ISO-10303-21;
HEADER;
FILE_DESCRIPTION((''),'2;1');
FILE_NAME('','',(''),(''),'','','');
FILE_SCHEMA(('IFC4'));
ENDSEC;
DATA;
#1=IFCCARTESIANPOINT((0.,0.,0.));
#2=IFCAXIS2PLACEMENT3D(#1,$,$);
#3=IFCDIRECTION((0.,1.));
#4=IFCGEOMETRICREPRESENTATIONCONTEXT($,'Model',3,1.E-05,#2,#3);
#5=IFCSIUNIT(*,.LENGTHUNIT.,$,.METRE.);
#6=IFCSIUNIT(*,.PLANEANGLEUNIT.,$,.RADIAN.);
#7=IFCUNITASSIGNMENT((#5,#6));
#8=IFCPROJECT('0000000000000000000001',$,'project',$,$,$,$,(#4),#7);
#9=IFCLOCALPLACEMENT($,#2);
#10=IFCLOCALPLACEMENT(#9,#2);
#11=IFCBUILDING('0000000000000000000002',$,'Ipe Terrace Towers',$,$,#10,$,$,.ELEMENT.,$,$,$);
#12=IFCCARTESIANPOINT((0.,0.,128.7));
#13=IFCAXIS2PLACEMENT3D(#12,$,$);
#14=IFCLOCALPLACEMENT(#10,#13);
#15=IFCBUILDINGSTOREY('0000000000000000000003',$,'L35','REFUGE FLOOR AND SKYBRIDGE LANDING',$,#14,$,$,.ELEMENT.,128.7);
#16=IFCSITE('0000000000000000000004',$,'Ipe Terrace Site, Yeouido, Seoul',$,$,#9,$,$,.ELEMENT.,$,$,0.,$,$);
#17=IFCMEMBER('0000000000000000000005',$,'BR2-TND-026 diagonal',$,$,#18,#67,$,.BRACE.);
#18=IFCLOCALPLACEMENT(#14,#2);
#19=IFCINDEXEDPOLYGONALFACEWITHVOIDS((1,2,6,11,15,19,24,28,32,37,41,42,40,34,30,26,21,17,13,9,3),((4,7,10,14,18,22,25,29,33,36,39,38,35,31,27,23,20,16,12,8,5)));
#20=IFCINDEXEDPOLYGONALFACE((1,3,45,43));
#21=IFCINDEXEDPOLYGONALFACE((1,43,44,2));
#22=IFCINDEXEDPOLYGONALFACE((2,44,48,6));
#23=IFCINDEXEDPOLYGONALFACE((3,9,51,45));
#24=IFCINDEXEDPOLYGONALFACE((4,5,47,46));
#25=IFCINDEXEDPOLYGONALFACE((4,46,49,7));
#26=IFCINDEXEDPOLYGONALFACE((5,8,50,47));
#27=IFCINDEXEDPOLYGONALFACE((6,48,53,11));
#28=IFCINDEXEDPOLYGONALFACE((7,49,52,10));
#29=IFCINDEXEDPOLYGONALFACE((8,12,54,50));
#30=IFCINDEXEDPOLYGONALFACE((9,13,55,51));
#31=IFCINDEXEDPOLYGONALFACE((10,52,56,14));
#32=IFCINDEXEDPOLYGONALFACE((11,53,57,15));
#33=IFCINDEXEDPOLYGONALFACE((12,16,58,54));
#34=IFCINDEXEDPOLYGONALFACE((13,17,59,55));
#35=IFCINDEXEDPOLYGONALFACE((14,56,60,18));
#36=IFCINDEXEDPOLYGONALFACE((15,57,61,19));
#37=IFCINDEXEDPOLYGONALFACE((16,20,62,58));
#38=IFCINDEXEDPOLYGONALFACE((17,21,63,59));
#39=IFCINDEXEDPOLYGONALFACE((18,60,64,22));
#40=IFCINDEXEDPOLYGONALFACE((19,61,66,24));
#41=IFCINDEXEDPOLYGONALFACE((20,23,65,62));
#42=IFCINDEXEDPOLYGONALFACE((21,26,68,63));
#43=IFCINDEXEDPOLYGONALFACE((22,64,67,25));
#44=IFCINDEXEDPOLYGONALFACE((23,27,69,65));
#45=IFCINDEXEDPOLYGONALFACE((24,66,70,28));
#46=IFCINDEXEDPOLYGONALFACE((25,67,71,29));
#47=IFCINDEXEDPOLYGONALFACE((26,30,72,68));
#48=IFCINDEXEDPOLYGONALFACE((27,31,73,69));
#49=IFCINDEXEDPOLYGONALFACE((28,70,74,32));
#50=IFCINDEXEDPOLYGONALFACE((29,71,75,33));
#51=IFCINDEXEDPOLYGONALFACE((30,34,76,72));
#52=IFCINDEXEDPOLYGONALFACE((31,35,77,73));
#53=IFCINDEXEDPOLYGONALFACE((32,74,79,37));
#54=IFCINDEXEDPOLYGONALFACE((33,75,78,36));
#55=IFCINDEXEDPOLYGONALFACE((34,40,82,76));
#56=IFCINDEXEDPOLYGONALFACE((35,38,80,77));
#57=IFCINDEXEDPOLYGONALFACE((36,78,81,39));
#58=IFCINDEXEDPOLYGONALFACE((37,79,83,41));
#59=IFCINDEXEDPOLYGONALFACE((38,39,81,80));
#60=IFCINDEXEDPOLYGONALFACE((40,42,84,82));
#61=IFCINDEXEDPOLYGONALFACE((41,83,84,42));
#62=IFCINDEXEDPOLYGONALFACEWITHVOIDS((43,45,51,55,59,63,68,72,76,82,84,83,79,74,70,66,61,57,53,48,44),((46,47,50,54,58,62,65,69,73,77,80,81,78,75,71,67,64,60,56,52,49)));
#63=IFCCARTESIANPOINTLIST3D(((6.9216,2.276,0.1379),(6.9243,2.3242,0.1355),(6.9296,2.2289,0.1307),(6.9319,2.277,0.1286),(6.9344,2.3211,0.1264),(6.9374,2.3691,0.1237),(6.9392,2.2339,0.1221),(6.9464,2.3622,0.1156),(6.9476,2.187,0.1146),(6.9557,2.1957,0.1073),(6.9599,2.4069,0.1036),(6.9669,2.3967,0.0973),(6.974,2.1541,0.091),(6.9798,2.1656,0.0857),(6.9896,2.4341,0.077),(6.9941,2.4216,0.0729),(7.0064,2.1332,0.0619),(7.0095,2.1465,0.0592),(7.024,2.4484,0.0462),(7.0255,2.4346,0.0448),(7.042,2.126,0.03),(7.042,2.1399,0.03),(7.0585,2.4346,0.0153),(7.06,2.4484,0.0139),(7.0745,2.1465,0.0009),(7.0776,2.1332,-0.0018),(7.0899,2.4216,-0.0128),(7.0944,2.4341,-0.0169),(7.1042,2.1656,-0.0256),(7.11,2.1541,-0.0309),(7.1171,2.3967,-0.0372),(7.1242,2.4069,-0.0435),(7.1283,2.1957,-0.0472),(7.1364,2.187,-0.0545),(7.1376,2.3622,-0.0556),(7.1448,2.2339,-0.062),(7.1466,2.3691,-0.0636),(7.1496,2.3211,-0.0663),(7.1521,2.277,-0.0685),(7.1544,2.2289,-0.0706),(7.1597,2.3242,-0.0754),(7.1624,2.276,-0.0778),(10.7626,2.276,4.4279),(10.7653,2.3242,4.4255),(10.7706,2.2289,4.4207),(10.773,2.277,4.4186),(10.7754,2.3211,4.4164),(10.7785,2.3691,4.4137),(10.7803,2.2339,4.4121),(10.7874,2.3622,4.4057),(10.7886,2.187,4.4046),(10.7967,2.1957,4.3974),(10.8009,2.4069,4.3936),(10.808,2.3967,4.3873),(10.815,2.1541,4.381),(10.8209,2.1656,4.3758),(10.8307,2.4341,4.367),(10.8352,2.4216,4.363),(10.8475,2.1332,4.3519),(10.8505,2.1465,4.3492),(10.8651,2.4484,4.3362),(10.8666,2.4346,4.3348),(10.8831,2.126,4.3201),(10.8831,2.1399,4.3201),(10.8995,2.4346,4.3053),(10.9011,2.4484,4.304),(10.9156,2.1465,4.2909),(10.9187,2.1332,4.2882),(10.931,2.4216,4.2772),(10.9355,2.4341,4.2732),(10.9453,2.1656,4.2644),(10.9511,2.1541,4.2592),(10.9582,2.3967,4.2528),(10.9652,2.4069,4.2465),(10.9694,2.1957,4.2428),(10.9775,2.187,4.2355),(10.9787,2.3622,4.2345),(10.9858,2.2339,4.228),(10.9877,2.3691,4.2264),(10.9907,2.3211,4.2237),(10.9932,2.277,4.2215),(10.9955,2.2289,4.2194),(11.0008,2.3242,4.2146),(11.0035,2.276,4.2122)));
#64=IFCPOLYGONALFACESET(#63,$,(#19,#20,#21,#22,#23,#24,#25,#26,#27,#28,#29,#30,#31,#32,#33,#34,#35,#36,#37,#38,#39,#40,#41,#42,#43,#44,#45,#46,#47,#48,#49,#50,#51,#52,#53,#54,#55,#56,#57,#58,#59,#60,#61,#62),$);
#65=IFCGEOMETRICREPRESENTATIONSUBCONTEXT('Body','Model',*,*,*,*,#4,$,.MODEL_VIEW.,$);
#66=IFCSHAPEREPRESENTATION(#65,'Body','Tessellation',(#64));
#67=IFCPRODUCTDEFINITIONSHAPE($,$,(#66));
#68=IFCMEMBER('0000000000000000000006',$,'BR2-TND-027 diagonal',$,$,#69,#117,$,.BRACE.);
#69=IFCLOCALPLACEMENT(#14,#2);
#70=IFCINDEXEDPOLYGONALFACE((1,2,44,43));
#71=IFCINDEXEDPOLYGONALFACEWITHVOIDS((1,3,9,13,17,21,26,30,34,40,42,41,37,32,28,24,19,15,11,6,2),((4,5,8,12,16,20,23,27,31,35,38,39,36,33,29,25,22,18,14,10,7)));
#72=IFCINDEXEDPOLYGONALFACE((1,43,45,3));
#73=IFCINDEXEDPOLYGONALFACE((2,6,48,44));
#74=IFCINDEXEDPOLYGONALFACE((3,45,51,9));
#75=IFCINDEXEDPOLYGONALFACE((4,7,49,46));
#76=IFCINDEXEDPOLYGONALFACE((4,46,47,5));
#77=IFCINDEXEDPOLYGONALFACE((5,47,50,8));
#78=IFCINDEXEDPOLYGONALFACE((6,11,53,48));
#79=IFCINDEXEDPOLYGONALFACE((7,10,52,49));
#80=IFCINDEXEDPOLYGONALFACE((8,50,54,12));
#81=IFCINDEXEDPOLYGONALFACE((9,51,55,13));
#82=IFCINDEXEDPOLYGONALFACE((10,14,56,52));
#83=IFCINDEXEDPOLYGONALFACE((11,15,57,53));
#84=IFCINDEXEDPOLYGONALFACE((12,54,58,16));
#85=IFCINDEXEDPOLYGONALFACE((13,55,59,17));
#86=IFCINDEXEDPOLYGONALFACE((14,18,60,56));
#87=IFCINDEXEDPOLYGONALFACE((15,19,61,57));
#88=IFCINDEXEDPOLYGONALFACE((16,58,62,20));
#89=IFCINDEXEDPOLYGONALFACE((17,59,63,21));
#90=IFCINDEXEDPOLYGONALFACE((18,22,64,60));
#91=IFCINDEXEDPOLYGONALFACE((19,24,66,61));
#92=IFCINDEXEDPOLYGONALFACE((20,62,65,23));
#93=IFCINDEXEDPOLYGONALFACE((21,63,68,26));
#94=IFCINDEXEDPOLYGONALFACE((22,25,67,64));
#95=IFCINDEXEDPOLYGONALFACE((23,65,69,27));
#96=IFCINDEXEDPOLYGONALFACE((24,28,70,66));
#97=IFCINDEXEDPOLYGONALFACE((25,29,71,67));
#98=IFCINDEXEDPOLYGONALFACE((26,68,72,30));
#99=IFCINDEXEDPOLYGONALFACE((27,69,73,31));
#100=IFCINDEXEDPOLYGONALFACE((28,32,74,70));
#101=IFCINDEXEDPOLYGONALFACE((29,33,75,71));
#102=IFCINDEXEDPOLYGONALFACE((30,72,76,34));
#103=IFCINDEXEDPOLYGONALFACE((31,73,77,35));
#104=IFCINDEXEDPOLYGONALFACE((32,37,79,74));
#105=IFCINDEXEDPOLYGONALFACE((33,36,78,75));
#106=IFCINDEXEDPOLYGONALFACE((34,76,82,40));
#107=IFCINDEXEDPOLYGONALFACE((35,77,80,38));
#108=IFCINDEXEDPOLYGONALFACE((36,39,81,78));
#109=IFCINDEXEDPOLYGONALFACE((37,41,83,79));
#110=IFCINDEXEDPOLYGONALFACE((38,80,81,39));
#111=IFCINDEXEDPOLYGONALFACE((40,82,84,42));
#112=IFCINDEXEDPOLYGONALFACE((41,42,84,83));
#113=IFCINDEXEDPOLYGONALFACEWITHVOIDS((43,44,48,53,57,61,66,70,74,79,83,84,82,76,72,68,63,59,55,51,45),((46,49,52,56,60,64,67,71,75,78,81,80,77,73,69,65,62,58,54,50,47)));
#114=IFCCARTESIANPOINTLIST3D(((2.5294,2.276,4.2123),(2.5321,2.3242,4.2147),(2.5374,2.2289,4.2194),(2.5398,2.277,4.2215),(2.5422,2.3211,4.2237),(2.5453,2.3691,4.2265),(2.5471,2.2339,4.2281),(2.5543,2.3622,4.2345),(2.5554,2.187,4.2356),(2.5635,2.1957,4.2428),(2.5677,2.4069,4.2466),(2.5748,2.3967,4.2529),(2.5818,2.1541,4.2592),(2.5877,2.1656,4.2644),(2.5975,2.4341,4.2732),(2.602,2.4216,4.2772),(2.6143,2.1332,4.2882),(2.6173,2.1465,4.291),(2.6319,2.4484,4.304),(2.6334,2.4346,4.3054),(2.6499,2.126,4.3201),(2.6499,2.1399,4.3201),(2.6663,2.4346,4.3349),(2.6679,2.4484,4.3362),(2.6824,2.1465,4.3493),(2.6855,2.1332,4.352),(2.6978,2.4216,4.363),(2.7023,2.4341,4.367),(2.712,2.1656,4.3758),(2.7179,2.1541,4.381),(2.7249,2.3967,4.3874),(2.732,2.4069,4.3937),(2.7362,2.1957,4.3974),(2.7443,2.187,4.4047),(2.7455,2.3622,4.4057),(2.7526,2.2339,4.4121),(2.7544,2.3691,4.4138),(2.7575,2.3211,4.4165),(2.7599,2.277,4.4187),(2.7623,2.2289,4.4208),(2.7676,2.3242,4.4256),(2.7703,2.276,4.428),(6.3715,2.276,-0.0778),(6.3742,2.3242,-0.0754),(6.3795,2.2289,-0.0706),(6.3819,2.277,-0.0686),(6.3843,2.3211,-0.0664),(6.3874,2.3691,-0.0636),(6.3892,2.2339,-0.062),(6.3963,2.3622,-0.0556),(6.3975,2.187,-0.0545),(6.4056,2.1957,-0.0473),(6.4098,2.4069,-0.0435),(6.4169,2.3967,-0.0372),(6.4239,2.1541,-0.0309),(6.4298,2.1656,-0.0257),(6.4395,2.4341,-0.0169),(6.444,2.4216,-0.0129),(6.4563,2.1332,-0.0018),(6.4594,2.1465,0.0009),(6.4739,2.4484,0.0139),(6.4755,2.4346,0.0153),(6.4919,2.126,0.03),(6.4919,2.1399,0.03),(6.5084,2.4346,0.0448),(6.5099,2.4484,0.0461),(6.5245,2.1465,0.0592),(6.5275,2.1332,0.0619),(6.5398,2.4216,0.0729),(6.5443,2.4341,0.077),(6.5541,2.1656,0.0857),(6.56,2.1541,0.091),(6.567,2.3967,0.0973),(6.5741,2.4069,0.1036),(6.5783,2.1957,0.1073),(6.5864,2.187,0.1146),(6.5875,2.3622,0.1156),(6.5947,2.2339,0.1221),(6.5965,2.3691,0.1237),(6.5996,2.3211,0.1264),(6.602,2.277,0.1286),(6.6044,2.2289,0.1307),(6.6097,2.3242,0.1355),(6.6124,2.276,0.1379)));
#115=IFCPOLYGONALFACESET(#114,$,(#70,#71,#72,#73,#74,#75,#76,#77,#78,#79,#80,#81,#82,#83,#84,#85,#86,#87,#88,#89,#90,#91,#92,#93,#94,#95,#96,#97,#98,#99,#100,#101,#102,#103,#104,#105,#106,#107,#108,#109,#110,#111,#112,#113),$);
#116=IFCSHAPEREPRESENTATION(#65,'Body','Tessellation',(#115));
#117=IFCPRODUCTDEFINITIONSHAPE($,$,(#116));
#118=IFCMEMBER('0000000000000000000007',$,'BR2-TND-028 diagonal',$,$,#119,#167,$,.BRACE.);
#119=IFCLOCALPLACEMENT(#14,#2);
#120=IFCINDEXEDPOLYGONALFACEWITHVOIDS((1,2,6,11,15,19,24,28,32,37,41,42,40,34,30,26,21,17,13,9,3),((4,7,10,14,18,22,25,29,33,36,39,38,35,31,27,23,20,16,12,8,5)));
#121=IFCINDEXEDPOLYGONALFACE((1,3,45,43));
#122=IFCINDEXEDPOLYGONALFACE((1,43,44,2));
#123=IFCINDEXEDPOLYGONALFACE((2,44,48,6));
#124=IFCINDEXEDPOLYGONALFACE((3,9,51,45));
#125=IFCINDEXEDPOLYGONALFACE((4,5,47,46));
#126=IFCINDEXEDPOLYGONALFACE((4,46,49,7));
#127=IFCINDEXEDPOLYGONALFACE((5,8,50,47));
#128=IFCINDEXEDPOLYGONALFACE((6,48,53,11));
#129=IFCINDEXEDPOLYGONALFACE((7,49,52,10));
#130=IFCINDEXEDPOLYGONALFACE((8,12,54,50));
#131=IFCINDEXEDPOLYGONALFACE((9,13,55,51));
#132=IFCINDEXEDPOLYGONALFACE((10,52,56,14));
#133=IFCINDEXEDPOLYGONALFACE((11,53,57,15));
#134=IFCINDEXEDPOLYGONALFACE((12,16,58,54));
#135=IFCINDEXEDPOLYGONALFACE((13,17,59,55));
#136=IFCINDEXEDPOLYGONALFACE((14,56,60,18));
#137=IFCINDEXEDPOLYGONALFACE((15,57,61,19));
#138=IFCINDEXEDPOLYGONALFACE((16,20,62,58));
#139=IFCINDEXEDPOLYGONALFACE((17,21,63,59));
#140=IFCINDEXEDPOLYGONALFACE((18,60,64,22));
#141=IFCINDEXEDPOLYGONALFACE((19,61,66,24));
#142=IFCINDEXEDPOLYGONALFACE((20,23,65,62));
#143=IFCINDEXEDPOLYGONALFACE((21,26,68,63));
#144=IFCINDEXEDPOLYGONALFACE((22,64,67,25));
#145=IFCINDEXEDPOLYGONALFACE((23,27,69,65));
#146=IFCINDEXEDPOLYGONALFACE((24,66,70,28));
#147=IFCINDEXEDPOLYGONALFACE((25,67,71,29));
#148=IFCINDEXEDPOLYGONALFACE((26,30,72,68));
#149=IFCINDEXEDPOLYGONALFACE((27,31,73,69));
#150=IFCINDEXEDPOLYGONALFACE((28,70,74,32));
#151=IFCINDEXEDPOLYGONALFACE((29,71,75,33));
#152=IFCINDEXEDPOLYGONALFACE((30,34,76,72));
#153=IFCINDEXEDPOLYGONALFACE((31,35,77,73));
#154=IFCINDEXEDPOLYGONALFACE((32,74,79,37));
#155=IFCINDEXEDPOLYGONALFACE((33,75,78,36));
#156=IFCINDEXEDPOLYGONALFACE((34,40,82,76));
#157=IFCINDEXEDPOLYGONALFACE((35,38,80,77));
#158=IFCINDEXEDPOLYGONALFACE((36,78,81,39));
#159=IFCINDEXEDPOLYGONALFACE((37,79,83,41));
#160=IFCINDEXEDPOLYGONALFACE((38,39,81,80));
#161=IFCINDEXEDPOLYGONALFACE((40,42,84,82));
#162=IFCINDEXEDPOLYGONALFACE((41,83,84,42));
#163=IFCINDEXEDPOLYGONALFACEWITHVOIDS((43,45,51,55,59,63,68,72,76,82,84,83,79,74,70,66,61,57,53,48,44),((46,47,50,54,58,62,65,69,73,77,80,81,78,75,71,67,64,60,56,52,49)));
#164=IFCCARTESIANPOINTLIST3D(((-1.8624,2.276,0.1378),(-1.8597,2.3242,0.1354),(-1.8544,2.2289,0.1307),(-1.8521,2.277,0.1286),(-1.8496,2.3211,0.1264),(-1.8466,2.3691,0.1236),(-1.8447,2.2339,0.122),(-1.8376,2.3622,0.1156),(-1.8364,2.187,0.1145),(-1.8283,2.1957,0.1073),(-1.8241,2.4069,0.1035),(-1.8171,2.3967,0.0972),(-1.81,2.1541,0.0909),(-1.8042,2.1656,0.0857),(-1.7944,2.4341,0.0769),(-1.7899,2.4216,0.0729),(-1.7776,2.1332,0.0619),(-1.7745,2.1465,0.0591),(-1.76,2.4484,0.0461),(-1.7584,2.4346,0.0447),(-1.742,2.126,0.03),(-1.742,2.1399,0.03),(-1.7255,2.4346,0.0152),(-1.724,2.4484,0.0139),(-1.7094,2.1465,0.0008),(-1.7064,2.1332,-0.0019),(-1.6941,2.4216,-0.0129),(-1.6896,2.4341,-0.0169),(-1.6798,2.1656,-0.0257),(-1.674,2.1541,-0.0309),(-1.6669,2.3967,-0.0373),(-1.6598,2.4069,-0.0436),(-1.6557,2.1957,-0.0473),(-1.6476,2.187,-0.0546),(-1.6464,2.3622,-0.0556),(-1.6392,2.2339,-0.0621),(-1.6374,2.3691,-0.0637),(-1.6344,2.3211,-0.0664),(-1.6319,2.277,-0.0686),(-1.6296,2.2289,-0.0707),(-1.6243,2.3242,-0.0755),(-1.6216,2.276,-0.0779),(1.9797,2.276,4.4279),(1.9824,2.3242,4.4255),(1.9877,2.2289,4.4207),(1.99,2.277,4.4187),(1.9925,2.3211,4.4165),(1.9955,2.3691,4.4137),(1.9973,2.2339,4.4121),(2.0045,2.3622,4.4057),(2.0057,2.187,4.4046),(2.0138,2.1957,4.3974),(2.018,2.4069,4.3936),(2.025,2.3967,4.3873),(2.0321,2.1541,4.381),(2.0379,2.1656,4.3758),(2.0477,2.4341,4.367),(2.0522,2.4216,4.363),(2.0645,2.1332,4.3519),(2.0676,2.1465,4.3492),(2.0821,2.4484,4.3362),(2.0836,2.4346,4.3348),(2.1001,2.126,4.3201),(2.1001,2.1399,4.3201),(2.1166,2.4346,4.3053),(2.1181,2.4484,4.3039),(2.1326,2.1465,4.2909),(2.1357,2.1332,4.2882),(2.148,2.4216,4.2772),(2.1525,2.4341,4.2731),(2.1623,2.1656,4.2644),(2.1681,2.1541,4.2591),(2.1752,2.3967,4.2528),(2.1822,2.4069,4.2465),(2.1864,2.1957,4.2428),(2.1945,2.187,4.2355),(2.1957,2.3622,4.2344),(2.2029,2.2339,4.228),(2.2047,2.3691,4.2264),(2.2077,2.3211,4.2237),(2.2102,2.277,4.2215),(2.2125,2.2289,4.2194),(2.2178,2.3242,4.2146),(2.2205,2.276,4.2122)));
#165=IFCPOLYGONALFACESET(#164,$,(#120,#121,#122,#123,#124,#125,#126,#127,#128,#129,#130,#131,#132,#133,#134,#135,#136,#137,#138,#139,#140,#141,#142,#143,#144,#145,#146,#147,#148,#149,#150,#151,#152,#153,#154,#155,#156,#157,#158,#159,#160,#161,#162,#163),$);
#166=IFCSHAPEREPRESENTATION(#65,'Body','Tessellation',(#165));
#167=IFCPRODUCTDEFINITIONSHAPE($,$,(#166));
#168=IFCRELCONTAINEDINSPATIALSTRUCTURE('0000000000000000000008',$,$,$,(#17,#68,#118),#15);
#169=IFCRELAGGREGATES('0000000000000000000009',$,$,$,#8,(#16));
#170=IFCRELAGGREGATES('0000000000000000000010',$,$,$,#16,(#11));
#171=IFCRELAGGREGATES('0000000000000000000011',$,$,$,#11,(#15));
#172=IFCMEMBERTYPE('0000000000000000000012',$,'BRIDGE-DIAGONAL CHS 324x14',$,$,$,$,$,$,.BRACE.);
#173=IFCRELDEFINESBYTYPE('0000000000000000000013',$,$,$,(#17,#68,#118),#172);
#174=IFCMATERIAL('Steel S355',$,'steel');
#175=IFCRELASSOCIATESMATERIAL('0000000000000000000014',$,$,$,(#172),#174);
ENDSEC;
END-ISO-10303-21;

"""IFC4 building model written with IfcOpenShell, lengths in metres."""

from ifc_helpers import new_model, si_unit, direction, frame, origin, origin_2d, place, context, subcontext, project, spatial, hollow_circle, extrude, material, material_profile, profile_set, type_object, element, save


model = new_model("IFC4")

# Units and contexts
model_context = context("Model", 3, precision=1e-05, world=origin(), true_north=direction((0.0, 1.0)))
body_context = subcontext(model_context, "Body", "Model", "MODEL_VIEW")
ifc_project = project(units=[si_unit("LENGTHUNIT", "METRE"), si_unit("PLANEANGLEUNIT", "RADIAN")], contexts=[model_context])

# Site, building, storey
site_placement = place(None, origin())
site = spatial("IfcSite", under=ifc_project, at=site_placement, Name="Ipe Terrace Site, Yeouido, Seoul", CompositionType="ELEMENT", RefElevation=0.0)
building_placement = place(site_placement, origin())
building = spatial("IfcBuilding", under=site, at=building_placement, Name="Ipe Terrace Towers", CompositionType="ELEMENT")
storey_placement = place(building_placement, frame((0.0, 0.0, 128.7)))
storey = spatial("IfcBuildingStorey", under=building, at=storey_placement, Name="L35", Description="REFUGE FLOOR AND SKYBRIDGE LANDING", CompositionType="ELEMENT", Elevation=128.7)

# Members
ifc_material_1 = material(Name="Steel S355", Category="steel")
ifc_material_profile_1 = material_profile(ifc_material_1, hollow_circle(Radius=0.1621, WallThickness=0.0139, at=origin_2d()), Name="BRIDGE-DIAGONAL CHS 324x14")
ifc_profile_set_1 = profile_set([ifc_material_profile_1], Name="Steel S355")
member_type_1 = type_object("IfcMemberType", Name="BRIDGE-DIAGONAL CHS 324x14", PredefinedType="BRACE", material=ifc_profile_set_1)
member_1_placement = place(storey_placement, frame((10.8831, 2.2881, 4.3201), z_axis=(-0.667046, 0.0, -0.745016), x_axis=(0.0, -1.0, 0.0)))
element("IfcMember", 1, at=member_1_placement, inside=storey, type_object=member_type_1, Name="BR2-TND-026 diagonal", PredefinedType="BRACE", context=body_context, shape_type="SweptSolid", body=[
    extrude(hollow_circle(Radius=0.1621, WallThickness=0.0139, at=origin_2d()), origin(), (0.0, 0.0, 1.0), 5.7583),
])
for number, where, z_axis, x_axis, name in (
    (2, (6.4919, 2.2881, 0.03), (-0.667141, 0.0, 0.744932), (0.0, -1.0, 0.0), "BR2-TND-027 diagonal"),
    (3, (2.1001, 2.2881, 4.3201), (-0.667141, 0.0, -0.744932), (0.0, -1.0, 0.0), "BR2-TND-028 diagonal"),
):
    element("IfcMember", number, at=place(storey_placement, frame(where, z_axis=z_axis, x_axis=x_axis)), inside=storey, type_object=member_type_1, Name=name, PredefinedType="BRACE", context=body_context, shape_type="SweptSolid", body=[
        extrude(hollow_circle(Radius=0.1621, WallThickness=0.0139, at=origin_2d()), origin(), (0.0, 0.0, 1.0), 5.759),
    ])

save(model, "model.ifc")
